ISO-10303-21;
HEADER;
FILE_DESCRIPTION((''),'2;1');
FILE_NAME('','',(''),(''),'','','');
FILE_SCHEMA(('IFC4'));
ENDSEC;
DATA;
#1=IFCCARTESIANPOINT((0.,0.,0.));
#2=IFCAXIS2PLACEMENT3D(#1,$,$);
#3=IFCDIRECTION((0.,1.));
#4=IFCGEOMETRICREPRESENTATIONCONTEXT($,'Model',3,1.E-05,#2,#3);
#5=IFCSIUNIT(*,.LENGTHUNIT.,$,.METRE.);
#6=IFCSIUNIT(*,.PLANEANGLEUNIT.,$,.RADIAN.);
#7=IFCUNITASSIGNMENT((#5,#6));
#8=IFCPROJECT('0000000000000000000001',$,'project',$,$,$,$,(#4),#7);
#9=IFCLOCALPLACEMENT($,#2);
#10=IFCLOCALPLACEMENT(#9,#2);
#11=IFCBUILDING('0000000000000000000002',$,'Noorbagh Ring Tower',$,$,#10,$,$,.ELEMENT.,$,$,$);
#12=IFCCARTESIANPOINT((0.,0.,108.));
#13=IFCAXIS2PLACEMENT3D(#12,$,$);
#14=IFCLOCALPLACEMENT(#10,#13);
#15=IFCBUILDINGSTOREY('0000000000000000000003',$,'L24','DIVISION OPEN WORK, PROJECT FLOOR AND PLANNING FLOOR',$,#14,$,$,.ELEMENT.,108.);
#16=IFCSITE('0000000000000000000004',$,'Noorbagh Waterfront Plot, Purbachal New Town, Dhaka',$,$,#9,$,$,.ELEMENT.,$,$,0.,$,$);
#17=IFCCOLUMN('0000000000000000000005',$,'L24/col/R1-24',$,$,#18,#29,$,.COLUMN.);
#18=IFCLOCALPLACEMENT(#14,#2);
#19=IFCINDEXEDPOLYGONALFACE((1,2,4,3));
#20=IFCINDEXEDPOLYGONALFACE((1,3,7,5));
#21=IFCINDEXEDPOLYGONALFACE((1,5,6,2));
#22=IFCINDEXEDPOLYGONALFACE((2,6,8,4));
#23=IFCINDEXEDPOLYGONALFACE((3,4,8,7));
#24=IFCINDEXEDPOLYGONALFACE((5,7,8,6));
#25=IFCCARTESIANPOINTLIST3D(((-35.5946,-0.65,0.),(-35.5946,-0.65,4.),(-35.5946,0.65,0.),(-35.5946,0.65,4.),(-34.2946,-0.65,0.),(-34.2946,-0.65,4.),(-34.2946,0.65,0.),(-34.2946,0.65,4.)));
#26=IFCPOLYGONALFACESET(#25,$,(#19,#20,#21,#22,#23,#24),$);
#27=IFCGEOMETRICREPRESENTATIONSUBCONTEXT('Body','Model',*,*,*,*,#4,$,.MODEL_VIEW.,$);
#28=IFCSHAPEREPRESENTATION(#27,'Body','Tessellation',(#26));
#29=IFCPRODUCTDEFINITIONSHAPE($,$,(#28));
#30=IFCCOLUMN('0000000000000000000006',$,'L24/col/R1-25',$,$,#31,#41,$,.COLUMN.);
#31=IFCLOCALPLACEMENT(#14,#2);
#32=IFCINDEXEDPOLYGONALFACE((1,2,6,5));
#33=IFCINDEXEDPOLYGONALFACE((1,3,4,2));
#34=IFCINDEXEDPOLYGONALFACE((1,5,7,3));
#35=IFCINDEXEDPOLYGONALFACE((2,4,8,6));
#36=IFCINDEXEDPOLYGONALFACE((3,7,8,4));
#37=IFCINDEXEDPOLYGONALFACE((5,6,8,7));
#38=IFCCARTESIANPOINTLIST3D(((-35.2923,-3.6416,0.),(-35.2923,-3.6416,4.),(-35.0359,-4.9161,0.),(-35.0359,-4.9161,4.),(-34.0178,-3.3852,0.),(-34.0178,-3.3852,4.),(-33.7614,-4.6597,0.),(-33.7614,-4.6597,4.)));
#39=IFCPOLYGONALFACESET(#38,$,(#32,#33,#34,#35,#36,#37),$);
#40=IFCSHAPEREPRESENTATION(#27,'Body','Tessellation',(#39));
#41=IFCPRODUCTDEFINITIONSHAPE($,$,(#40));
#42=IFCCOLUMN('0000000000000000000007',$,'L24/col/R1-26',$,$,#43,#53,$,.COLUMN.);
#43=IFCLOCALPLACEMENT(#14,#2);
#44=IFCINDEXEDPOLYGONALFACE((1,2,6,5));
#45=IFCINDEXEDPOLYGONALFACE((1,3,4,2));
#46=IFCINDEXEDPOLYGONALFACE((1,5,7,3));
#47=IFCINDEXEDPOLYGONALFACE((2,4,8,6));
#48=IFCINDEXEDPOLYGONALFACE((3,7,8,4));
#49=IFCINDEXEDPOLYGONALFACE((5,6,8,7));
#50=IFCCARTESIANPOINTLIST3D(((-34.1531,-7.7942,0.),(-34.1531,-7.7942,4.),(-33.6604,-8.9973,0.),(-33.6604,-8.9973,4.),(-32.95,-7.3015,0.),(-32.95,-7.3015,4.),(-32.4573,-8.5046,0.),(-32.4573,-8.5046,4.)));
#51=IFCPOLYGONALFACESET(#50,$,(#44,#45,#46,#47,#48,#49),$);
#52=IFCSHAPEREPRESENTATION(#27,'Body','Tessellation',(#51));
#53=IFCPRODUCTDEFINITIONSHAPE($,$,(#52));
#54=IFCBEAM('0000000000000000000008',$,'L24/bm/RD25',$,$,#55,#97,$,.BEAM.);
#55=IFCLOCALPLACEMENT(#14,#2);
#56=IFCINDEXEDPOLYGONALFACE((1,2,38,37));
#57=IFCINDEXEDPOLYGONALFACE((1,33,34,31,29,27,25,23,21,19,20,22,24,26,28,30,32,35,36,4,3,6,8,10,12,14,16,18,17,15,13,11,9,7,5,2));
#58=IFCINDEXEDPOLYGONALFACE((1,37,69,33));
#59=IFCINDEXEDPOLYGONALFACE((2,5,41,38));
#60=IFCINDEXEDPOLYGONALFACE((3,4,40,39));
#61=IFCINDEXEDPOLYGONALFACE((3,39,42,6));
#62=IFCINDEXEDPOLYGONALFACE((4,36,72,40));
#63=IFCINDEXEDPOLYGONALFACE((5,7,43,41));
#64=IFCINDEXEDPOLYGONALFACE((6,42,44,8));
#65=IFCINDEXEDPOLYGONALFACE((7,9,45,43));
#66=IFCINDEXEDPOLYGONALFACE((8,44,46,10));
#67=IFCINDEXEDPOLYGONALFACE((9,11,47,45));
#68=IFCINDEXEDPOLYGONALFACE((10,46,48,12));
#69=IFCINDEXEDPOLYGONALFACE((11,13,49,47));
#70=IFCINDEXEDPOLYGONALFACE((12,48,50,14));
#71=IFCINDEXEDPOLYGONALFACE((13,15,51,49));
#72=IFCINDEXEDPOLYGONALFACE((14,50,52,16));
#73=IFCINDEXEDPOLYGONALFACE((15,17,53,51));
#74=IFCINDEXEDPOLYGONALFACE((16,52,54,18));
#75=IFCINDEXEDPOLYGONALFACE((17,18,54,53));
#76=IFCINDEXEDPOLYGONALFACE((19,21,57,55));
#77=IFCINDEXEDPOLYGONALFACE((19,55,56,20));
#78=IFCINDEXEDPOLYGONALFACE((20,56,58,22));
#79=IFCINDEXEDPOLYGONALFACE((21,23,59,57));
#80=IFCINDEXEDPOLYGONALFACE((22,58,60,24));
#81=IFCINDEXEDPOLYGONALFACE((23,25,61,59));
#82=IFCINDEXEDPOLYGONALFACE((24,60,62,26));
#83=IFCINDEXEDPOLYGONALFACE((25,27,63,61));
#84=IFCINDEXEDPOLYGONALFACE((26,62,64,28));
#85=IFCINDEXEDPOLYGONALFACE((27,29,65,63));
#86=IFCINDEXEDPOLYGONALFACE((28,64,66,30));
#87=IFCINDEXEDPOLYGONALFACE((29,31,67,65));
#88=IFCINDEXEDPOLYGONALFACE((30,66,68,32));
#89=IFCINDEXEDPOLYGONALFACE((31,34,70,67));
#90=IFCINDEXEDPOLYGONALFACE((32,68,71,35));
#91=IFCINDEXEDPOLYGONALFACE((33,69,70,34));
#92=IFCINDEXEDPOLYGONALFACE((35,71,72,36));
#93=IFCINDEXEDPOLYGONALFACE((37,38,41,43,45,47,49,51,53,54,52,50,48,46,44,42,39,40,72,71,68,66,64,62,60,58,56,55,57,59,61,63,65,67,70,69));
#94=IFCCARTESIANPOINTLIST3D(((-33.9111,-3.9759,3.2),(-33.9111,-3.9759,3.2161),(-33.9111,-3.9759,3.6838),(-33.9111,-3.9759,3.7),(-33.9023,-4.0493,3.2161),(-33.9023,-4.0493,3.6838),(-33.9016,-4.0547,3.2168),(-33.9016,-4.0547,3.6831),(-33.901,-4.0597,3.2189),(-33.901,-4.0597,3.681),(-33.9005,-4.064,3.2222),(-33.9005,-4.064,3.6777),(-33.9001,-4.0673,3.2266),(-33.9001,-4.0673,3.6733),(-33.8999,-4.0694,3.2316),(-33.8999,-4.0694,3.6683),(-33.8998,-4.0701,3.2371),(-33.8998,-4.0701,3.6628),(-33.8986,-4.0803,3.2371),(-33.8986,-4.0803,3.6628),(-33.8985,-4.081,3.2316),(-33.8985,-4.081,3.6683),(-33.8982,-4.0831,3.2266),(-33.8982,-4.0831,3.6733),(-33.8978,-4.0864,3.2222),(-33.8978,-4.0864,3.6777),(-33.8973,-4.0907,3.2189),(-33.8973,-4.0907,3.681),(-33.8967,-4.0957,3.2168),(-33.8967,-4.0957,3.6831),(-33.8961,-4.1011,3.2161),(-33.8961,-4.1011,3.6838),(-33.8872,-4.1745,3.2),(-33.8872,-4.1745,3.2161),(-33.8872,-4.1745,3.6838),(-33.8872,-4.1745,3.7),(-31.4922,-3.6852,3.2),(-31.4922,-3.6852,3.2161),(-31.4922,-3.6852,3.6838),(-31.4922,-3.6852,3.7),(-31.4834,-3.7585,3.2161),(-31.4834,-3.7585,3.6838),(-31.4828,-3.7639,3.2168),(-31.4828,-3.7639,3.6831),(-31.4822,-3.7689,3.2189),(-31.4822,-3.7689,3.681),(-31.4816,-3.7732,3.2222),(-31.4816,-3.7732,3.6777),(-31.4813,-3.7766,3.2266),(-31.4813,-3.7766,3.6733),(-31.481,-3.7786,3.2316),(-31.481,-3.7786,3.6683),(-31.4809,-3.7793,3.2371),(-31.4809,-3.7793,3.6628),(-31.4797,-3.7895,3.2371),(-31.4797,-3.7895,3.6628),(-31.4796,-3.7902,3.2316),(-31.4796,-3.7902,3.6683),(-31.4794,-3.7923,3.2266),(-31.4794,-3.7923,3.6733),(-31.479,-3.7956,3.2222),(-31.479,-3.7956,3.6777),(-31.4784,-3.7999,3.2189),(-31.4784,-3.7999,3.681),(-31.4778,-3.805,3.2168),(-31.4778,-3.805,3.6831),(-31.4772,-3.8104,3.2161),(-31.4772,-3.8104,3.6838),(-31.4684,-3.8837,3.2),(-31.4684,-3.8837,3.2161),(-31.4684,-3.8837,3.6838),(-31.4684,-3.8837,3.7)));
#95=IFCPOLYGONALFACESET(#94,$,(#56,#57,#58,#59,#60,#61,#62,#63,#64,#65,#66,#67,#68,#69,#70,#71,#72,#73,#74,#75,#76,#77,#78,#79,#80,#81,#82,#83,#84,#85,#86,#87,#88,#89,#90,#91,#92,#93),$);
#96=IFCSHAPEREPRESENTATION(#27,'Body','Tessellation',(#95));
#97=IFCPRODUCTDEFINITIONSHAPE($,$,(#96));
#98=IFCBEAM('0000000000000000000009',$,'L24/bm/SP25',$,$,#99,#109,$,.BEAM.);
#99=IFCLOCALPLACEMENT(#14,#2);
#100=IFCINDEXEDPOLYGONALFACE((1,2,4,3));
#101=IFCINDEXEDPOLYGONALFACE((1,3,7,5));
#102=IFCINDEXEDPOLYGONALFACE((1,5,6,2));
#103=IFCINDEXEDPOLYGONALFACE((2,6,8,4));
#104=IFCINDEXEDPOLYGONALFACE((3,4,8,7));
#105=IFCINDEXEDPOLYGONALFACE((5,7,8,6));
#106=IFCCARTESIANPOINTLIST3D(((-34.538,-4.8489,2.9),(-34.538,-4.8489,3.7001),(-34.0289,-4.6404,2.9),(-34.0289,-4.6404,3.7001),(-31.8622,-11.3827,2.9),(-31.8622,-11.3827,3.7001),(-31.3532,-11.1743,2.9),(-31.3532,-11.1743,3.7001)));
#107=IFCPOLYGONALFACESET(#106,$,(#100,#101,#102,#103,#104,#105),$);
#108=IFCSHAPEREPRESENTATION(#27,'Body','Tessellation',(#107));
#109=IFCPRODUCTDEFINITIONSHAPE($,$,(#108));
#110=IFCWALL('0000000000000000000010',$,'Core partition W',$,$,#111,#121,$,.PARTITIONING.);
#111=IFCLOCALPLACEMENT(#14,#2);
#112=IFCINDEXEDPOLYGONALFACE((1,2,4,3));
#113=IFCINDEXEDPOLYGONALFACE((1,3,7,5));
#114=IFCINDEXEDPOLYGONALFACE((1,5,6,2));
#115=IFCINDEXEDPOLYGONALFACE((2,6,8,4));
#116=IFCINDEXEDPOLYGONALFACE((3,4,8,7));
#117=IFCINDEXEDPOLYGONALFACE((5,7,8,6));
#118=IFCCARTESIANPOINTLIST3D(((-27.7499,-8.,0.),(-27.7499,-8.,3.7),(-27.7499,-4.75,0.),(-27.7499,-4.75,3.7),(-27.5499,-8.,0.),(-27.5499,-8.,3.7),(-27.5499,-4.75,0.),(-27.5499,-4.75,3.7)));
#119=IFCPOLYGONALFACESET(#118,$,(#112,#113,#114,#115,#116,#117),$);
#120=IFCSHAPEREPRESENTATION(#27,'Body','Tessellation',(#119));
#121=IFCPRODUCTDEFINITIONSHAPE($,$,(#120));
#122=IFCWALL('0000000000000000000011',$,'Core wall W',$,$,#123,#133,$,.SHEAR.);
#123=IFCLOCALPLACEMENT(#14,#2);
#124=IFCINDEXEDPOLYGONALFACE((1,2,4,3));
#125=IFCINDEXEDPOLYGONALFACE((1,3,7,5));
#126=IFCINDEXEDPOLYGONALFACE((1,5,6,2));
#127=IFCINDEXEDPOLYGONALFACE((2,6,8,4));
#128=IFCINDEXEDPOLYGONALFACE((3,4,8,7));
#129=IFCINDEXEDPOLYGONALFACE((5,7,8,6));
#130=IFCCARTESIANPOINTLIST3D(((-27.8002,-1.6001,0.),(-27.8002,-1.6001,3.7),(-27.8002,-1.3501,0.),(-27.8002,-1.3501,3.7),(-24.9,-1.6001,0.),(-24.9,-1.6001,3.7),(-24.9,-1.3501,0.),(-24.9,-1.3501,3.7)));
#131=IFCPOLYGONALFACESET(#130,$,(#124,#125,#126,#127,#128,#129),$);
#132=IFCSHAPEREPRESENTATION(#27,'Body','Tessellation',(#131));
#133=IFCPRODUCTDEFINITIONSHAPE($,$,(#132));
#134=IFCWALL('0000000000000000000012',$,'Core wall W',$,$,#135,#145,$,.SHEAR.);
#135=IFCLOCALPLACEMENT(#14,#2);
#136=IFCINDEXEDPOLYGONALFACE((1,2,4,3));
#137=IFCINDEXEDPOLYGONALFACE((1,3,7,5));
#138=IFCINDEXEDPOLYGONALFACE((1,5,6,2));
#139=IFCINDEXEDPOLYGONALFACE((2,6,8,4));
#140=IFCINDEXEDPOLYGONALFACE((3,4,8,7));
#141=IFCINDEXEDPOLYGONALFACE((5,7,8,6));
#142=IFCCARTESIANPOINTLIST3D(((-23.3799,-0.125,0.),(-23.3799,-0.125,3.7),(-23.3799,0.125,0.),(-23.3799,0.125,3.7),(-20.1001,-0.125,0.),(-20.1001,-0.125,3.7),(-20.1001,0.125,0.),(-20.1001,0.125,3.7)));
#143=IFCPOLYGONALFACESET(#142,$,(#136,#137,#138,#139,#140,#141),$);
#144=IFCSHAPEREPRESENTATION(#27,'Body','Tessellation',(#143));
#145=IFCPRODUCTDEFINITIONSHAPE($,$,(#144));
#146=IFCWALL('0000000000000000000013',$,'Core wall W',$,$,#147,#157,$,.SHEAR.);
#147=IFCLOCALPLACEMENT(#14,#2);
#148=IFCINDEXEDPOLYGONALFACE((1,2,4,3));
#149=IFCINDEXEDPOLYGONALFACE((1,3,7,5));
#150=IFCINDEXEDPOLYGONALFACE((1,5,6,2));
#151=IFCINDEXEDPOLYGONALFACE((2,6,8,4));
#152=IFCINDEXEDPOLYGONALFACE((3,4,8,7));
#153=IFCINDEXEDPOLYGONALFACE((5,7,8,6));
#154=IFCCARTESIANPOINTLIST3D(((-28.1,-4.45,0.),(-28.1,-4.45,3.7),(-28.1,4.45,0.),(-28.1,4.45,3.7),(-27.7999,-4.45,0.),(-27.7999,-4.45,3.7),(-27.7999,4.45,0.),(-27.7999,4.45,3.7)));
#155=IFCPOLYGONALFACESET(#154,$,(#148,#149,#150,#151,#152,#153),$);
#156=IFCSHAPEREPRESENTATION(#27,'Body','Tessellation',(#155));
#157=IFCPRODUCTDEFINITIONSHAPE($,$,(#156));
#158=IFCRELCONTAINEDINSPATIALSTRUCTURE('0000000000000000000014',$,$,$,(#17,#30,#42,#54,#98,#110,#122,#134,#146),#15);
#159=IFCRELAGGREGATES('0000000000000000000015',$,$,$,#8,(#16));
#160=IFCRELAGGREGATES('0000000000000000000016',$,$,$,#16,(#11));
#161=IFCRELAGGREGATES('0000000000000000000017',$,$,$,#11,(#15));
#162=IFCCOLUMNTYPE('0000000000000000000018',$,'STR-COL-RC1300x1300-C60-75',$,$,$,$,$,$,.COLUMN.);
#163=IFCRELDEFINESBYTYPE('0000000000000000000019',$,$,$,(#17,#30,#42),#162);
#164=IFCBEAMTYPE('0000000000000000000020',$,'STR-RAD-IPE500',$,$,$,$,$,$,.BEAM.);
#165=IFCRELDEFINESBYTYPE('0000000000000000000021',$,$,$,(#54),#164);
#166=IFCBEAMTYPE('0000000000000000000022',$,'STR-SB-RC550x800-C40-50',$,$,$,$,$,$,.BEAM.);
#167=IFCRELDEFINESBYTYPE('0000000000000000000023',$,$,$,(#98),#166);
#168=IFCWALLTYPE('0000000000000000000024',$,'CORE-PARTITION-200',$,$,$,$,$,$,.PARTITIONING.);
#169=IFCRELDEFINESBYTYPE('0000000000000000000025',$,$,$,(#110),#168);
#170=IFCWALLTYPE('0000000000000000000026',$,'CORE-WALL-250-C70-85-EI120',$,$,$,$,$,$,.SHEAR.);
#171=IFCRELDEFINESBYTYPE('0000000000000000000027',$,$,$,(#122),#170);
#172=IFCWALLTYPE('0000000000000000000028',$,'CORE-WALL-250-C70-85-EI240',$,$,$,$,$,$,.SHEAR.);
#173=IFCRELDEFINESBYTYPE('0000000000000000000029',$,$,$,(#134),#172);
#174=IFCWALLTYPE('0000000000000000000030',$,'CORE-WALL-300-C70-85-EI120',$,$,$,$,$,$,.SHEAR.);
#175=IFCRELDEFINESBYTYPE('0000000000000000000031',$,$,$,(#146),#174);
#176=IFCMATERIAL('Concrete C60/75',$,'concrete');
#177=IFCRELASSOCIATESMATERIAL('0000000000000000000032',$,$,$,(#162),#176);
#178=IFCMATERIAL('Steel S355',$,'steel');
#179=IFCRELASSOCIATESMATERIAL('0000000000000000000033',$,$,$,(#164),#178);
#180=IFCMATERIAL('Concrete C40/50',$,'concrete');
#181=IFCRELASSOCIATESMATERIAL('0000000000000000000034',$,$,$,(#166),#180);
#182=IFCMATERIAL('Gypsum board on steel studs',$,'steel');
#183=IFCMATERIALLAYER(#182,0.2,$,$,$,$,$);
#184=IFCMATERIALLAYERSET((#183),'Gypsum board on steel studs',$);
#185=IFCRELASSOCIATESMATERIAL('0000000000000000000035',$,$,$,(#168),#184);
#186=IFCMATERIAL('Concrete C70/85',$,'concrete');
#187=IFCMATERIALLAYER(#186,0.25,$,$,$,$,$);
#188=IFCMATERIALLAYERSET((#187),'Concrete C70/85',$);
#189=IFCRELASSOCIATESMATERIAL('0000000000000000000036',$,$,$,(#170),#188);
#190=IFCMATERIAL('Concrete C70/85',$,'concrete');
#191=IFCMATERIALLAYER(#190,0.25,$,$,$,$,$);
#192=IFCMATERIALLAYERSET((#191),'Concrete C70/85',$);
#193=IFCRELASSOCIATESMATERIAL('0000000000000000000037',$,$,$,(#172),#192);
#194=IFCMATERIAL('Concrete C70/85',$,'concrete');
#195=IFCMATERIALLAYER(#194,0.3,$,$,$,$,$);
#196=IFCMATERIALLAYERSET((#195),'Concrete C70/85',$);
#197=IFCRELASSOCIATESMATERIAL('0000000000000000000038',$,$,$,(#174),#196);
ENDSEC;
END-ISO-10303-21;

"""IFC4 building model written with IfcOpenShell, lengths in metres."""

from ifc_helpers import new_model, si_unit, direction, frame, frame_2d, origin, origin_2d, place, context, subcontext, project, spatial, rectangle, i_section, extrude, material, layer, layer_set, material_profile, profile_set, type_object, element, save


model = new_model("IFC4")

# Units and contexts
model_context = context("Model", 3, precision=1e-05, world=origin(), true_north=direction((0.0, 1.0)))
body_context = subcontext(model_context, "Body", "Model", "MODEL_VIEW")
ifc_project = project(units=[si_unit("LENGTHUNIT", "METRE"), si_unit("PLANEANGLEUNIT", "RADIAN")], contexts=[model_context])

# Site, building, storey
site_placement = place(None, origin())
site = spatial("IfcSite", under=ifc_project, at=site_placement, Name="Noorbagh Waterfront Plot, Purbachal New Town, Dhaka", CompositionType="ELEMENT", RefElevation=0.0)
building_placement = place(site_placement, origin())
building = spatial("IfcBuilding", under=site, at=building_placement, Name="Noorbagh Ring Tower", CompositionType="ELEMENT")
storey_placement = place(building_placement, frame((0.0, 0.0, 108.0)))
storey = spatial("IfcBuildingStorey", under=building, at=storey_placement, Name="L24", Description="DIVISION OPEN WORK, PROJECT FLOOR AND PLANNING FLOOR", CompositionType="ELEMENT", Elevation=108.0)

# Columns
ifc_material_1 = material(Name="Concrete C60/75", Category="concrete")
ifc_material_profile_1 = material_profile(ifc_material_1, rectangle(XDim=1.3, YDim=1.3, at=origin_2d()), Name="RC1300x1300")
ifc_profile_set_1 = profile_set([ifc_material_profile_1], Name="Concrete C60/75")
column_type = type_object("IfcColumnType", Name="STR-COL-RC1300x1300-C60-75", PredefinedType="COLUMN", material=ifc_profile_set_1)
for number, where, z_axis, x_axis, name in (
    (1, (-34.9446, 0.0, 0.0), (0.0, 0.0, 1.0), (0.0, -1.0, 0.0), "L24/col/R1-24"),
    (2, (-34.5269, -4.1506, 0.0), (0.0, 0.0, 1.0), (0.19723, -0.980357, 0.0), "L24/col/R1-25"),
    (3, (-33.3052, -8.1494, 0.0), (0.0, 0.0, 1.0), (0.378989, -0.925401, 0.0), "L24/col/R1-26"),
):
    element("IfcColumn", number, at=place(storey_placement, frame(where, z_axis=z_axis, x_axis=x_axis)), inside=storey, type_object=column_type, Name=name, PredefinedType="COLUMN", context=body_context, shape_type="SweptSolid", body=[
        extrude(rectangle(XDim=1.3, YDim=1.3, at=origin_2d()), origin(), (0.0, 0.0, 1.0), 4.0),
    ])

# Beams
ifc_material_2 = material(Name="Steel S355", Category="steel")
ifc_material_profile_2 = material_profile(ifc_material_2, i_section(OverallWidth=0.2, OverallDepth=0.5, WebThickness=0.0103, FlangeThickness=0.0161, FilletRadius=0.021, at=origin_2d()), Name="IPE500")
ifc_profile_set_2 = profile_set([ifc_material_profile_2], Name="Steel S355")
beam_type_1 = type_object("IfcBeamType", Name="STR-RAD-IPE500", PredefinedType="BEAM", material=ifc_profile_set_2)
beam_1_placement = place(storey_placement, frame((-33.8992, -4.0752, 3.45), z_axis=(0.992853, 0.119347, 0.0), x_axis=(-0.119347, 0.992853, 0.0)))
element("IfcBeam", 4, at=beam_1_placement, inside=storey, type_object=beam_type_1, Name="L24/bm/RD25", PredefinedType="BEAM", context=body_context, shape_type="SweptSolid", body=[
    extrude(i_section(OverallWidth=0.2, OverallDepth=0.5, WebThickness=0.0103, FlangeThickness=0.0161, FilletRadius=0.021, at=origin_2d()), origin(), (0.0, 0.0, 1.0), 2.4363),
])
ifc_material_3 = material(Name="Concrete C40/50", Category="concrete")
ifc_material_profile_3 = material_profile(ifc_material_3, rectangle(XDim=0.55, YDim=0.8, at=origin_2d()), Name="RC550x800")
ifc_profile_set_3 = profile_set([ifc_material_profile_3], Name="Concrete C40/50")
beam_type_2 = type_object("IfcBeamType", Name="STR-SB-RC550x800-C40-50", PredefinedType="BEAM", material=ifc_profile_set_3)
beam_2_placement = place(storey_placement, frame((-34.2834, -4.7446, 3.3), z_axis=(0.378973, -0.925408, 0.0), x_axis=(0.925408, 0.378973, 0.0)))
element("IfcBeam", 5, at=beam_2_placement, inside=storey, type_object=beam_type_2, Name="L24/bm/SP25", PredefinedType="BEAM", context=body_context, shape_type="SweptSolid", body=[
    extrude(rectangle(XDim=0.55, YDim=0.8, at=origin_2d()), origin(), (0.0, 0.0, 1.0), 7.0605),
])

# Walls
ifc_material_4 = material(Name="Gypsum board on steel studs", Category="steel")
ifc_layer_1 = layer(ifc_material_4, 0.2)
ifc_layer_set_1 = layer_set([ifc_layer_1], Name="Gypsum board on steel studs")
wall_type_1 = type_object("IfcWallType", Name="CORE-PARTITION-200", PredefinedType="PARTITIONING", material=ifc_layer_set_1)
wall_1_placement = place(storey_placement, frame((-27.6499, -8.0, 0.0), z_axis=(0.0, 0.0, 1.0), x_axis=(0.0, 1.0, 0.0)))
element("IfcWall", 6, at=wall_1_placement, inside=storey, type_object=wall_type_1, Name="Core partition W", PredefinedType="PARTITIONING", context=body_context, shape_type="SweptSolid", body=[
    extrude(rectangle(XDim=3.25, YDim=0.2, at=frame_2d((1.625, 0.0))), origin(), (0.0, 0.0, 1.0), 3.7),
])
ifc_material_5 = material(Name="Concrete C70/85", Category="concrete")
ifc_layer_2 = layer(ifc_material_5, 0.25)
ifc_layer_set_2 = layer_set([ifc_layer_2], Name="Concrete C70/85")
wall_type_2 = type_object("IfcWallType", Name="CORE-WALL-250-C70-85-EI120", PredefinedType="SHEAR", material=ifc_layer_set_2)
wall_2_placement = place(storey_placement, frame((-24.8999, -1.4751, 0.0), z_axis=(0.0, 0.0, 1.0), x_axis=(-1.0, 0.0, 0.0)))
element("IfcWall", 7, at=wall_2_placement, inside=storey, type_object=wall_type_2, Name="Core wall W", PredefinedType="SHEAR", context=body_context, shape_type="SweptSolid", body=[
    extrude(rectangle(XDim=2.9001, YDim=0.25, at=frame_2d((1.4502, 0.0))), origin(), (0.0, 0.0, 1.0), 3.7),
])
ifc_material_6 = material(Name="Concrete C70/85", Category="concrete")
ifc_layer_3 = layer(ifc_material_6, 0.25)
ifc_layer_set_3 = layer_set([ifc_layer_3], Name="Concrete C70/85")
wall_type_3 = type_object("IfcWallType", Name="CORE-WALL-250-C70-85-EI240", PredefinedType="SHEAR", material=ifc_layer_set_3)
wall_3_placement = place(storey_placement, frame((-20.1001, 0.0, 0.0), z_axis=(0.0, 0.0, 1.0), x_axis=(-1.0, 0.0, 0.0)))
element("IfcWall", 8, at=wall_3_placement, inside=storey, type_object=wall_type_3, Name="Core wall W", PredefinedType="SHEAR", context=body_context, shape_type="SweptSolid", body=[
    extrude(rectangle(XDim=3.2798, YDim=0.25, at=frame_2d((1.6399, 0.0))), origin(), (0.0, 0.0, 1.0), 3.7),
])
ifc_material_7 = material(Name="Concrete C70/85", Category="concrete")
ifc_layer_4 = layer(ifc_material_7, 0.3)
ifc_layer_set_4 = layer_set([ifc_layer_4], Name="Concrete C70/85")
wall_type_4 = type_object("IfcWallType", Name="CORE-WALL-300-C70-85-EI120", PredefinedType="SHEAR", material=ifc_layer_set_4)
wall_4_placement = place(storey_placement, frame((-27.95, -4.45, 0.0), z_axis=(0.0, 0.0, 1.0), x_axis=(0.0, 1.0, 0.0)))
element("IfcWall", 9, at=wall_4_placement, inside=storey, type_object=wall_type_4, Name="Core wall W", PredefinedType="SHEAR", context=body_context, shape_type="SweptSolid", body=[
    extrude(rectangle(XDim=8.8999, YDim=0.3, at=frame_2d((4.45, 0.0))), origin(), (0.0, 0.0, 1.0), 3.7),
])

save(model, "model.ifc")
